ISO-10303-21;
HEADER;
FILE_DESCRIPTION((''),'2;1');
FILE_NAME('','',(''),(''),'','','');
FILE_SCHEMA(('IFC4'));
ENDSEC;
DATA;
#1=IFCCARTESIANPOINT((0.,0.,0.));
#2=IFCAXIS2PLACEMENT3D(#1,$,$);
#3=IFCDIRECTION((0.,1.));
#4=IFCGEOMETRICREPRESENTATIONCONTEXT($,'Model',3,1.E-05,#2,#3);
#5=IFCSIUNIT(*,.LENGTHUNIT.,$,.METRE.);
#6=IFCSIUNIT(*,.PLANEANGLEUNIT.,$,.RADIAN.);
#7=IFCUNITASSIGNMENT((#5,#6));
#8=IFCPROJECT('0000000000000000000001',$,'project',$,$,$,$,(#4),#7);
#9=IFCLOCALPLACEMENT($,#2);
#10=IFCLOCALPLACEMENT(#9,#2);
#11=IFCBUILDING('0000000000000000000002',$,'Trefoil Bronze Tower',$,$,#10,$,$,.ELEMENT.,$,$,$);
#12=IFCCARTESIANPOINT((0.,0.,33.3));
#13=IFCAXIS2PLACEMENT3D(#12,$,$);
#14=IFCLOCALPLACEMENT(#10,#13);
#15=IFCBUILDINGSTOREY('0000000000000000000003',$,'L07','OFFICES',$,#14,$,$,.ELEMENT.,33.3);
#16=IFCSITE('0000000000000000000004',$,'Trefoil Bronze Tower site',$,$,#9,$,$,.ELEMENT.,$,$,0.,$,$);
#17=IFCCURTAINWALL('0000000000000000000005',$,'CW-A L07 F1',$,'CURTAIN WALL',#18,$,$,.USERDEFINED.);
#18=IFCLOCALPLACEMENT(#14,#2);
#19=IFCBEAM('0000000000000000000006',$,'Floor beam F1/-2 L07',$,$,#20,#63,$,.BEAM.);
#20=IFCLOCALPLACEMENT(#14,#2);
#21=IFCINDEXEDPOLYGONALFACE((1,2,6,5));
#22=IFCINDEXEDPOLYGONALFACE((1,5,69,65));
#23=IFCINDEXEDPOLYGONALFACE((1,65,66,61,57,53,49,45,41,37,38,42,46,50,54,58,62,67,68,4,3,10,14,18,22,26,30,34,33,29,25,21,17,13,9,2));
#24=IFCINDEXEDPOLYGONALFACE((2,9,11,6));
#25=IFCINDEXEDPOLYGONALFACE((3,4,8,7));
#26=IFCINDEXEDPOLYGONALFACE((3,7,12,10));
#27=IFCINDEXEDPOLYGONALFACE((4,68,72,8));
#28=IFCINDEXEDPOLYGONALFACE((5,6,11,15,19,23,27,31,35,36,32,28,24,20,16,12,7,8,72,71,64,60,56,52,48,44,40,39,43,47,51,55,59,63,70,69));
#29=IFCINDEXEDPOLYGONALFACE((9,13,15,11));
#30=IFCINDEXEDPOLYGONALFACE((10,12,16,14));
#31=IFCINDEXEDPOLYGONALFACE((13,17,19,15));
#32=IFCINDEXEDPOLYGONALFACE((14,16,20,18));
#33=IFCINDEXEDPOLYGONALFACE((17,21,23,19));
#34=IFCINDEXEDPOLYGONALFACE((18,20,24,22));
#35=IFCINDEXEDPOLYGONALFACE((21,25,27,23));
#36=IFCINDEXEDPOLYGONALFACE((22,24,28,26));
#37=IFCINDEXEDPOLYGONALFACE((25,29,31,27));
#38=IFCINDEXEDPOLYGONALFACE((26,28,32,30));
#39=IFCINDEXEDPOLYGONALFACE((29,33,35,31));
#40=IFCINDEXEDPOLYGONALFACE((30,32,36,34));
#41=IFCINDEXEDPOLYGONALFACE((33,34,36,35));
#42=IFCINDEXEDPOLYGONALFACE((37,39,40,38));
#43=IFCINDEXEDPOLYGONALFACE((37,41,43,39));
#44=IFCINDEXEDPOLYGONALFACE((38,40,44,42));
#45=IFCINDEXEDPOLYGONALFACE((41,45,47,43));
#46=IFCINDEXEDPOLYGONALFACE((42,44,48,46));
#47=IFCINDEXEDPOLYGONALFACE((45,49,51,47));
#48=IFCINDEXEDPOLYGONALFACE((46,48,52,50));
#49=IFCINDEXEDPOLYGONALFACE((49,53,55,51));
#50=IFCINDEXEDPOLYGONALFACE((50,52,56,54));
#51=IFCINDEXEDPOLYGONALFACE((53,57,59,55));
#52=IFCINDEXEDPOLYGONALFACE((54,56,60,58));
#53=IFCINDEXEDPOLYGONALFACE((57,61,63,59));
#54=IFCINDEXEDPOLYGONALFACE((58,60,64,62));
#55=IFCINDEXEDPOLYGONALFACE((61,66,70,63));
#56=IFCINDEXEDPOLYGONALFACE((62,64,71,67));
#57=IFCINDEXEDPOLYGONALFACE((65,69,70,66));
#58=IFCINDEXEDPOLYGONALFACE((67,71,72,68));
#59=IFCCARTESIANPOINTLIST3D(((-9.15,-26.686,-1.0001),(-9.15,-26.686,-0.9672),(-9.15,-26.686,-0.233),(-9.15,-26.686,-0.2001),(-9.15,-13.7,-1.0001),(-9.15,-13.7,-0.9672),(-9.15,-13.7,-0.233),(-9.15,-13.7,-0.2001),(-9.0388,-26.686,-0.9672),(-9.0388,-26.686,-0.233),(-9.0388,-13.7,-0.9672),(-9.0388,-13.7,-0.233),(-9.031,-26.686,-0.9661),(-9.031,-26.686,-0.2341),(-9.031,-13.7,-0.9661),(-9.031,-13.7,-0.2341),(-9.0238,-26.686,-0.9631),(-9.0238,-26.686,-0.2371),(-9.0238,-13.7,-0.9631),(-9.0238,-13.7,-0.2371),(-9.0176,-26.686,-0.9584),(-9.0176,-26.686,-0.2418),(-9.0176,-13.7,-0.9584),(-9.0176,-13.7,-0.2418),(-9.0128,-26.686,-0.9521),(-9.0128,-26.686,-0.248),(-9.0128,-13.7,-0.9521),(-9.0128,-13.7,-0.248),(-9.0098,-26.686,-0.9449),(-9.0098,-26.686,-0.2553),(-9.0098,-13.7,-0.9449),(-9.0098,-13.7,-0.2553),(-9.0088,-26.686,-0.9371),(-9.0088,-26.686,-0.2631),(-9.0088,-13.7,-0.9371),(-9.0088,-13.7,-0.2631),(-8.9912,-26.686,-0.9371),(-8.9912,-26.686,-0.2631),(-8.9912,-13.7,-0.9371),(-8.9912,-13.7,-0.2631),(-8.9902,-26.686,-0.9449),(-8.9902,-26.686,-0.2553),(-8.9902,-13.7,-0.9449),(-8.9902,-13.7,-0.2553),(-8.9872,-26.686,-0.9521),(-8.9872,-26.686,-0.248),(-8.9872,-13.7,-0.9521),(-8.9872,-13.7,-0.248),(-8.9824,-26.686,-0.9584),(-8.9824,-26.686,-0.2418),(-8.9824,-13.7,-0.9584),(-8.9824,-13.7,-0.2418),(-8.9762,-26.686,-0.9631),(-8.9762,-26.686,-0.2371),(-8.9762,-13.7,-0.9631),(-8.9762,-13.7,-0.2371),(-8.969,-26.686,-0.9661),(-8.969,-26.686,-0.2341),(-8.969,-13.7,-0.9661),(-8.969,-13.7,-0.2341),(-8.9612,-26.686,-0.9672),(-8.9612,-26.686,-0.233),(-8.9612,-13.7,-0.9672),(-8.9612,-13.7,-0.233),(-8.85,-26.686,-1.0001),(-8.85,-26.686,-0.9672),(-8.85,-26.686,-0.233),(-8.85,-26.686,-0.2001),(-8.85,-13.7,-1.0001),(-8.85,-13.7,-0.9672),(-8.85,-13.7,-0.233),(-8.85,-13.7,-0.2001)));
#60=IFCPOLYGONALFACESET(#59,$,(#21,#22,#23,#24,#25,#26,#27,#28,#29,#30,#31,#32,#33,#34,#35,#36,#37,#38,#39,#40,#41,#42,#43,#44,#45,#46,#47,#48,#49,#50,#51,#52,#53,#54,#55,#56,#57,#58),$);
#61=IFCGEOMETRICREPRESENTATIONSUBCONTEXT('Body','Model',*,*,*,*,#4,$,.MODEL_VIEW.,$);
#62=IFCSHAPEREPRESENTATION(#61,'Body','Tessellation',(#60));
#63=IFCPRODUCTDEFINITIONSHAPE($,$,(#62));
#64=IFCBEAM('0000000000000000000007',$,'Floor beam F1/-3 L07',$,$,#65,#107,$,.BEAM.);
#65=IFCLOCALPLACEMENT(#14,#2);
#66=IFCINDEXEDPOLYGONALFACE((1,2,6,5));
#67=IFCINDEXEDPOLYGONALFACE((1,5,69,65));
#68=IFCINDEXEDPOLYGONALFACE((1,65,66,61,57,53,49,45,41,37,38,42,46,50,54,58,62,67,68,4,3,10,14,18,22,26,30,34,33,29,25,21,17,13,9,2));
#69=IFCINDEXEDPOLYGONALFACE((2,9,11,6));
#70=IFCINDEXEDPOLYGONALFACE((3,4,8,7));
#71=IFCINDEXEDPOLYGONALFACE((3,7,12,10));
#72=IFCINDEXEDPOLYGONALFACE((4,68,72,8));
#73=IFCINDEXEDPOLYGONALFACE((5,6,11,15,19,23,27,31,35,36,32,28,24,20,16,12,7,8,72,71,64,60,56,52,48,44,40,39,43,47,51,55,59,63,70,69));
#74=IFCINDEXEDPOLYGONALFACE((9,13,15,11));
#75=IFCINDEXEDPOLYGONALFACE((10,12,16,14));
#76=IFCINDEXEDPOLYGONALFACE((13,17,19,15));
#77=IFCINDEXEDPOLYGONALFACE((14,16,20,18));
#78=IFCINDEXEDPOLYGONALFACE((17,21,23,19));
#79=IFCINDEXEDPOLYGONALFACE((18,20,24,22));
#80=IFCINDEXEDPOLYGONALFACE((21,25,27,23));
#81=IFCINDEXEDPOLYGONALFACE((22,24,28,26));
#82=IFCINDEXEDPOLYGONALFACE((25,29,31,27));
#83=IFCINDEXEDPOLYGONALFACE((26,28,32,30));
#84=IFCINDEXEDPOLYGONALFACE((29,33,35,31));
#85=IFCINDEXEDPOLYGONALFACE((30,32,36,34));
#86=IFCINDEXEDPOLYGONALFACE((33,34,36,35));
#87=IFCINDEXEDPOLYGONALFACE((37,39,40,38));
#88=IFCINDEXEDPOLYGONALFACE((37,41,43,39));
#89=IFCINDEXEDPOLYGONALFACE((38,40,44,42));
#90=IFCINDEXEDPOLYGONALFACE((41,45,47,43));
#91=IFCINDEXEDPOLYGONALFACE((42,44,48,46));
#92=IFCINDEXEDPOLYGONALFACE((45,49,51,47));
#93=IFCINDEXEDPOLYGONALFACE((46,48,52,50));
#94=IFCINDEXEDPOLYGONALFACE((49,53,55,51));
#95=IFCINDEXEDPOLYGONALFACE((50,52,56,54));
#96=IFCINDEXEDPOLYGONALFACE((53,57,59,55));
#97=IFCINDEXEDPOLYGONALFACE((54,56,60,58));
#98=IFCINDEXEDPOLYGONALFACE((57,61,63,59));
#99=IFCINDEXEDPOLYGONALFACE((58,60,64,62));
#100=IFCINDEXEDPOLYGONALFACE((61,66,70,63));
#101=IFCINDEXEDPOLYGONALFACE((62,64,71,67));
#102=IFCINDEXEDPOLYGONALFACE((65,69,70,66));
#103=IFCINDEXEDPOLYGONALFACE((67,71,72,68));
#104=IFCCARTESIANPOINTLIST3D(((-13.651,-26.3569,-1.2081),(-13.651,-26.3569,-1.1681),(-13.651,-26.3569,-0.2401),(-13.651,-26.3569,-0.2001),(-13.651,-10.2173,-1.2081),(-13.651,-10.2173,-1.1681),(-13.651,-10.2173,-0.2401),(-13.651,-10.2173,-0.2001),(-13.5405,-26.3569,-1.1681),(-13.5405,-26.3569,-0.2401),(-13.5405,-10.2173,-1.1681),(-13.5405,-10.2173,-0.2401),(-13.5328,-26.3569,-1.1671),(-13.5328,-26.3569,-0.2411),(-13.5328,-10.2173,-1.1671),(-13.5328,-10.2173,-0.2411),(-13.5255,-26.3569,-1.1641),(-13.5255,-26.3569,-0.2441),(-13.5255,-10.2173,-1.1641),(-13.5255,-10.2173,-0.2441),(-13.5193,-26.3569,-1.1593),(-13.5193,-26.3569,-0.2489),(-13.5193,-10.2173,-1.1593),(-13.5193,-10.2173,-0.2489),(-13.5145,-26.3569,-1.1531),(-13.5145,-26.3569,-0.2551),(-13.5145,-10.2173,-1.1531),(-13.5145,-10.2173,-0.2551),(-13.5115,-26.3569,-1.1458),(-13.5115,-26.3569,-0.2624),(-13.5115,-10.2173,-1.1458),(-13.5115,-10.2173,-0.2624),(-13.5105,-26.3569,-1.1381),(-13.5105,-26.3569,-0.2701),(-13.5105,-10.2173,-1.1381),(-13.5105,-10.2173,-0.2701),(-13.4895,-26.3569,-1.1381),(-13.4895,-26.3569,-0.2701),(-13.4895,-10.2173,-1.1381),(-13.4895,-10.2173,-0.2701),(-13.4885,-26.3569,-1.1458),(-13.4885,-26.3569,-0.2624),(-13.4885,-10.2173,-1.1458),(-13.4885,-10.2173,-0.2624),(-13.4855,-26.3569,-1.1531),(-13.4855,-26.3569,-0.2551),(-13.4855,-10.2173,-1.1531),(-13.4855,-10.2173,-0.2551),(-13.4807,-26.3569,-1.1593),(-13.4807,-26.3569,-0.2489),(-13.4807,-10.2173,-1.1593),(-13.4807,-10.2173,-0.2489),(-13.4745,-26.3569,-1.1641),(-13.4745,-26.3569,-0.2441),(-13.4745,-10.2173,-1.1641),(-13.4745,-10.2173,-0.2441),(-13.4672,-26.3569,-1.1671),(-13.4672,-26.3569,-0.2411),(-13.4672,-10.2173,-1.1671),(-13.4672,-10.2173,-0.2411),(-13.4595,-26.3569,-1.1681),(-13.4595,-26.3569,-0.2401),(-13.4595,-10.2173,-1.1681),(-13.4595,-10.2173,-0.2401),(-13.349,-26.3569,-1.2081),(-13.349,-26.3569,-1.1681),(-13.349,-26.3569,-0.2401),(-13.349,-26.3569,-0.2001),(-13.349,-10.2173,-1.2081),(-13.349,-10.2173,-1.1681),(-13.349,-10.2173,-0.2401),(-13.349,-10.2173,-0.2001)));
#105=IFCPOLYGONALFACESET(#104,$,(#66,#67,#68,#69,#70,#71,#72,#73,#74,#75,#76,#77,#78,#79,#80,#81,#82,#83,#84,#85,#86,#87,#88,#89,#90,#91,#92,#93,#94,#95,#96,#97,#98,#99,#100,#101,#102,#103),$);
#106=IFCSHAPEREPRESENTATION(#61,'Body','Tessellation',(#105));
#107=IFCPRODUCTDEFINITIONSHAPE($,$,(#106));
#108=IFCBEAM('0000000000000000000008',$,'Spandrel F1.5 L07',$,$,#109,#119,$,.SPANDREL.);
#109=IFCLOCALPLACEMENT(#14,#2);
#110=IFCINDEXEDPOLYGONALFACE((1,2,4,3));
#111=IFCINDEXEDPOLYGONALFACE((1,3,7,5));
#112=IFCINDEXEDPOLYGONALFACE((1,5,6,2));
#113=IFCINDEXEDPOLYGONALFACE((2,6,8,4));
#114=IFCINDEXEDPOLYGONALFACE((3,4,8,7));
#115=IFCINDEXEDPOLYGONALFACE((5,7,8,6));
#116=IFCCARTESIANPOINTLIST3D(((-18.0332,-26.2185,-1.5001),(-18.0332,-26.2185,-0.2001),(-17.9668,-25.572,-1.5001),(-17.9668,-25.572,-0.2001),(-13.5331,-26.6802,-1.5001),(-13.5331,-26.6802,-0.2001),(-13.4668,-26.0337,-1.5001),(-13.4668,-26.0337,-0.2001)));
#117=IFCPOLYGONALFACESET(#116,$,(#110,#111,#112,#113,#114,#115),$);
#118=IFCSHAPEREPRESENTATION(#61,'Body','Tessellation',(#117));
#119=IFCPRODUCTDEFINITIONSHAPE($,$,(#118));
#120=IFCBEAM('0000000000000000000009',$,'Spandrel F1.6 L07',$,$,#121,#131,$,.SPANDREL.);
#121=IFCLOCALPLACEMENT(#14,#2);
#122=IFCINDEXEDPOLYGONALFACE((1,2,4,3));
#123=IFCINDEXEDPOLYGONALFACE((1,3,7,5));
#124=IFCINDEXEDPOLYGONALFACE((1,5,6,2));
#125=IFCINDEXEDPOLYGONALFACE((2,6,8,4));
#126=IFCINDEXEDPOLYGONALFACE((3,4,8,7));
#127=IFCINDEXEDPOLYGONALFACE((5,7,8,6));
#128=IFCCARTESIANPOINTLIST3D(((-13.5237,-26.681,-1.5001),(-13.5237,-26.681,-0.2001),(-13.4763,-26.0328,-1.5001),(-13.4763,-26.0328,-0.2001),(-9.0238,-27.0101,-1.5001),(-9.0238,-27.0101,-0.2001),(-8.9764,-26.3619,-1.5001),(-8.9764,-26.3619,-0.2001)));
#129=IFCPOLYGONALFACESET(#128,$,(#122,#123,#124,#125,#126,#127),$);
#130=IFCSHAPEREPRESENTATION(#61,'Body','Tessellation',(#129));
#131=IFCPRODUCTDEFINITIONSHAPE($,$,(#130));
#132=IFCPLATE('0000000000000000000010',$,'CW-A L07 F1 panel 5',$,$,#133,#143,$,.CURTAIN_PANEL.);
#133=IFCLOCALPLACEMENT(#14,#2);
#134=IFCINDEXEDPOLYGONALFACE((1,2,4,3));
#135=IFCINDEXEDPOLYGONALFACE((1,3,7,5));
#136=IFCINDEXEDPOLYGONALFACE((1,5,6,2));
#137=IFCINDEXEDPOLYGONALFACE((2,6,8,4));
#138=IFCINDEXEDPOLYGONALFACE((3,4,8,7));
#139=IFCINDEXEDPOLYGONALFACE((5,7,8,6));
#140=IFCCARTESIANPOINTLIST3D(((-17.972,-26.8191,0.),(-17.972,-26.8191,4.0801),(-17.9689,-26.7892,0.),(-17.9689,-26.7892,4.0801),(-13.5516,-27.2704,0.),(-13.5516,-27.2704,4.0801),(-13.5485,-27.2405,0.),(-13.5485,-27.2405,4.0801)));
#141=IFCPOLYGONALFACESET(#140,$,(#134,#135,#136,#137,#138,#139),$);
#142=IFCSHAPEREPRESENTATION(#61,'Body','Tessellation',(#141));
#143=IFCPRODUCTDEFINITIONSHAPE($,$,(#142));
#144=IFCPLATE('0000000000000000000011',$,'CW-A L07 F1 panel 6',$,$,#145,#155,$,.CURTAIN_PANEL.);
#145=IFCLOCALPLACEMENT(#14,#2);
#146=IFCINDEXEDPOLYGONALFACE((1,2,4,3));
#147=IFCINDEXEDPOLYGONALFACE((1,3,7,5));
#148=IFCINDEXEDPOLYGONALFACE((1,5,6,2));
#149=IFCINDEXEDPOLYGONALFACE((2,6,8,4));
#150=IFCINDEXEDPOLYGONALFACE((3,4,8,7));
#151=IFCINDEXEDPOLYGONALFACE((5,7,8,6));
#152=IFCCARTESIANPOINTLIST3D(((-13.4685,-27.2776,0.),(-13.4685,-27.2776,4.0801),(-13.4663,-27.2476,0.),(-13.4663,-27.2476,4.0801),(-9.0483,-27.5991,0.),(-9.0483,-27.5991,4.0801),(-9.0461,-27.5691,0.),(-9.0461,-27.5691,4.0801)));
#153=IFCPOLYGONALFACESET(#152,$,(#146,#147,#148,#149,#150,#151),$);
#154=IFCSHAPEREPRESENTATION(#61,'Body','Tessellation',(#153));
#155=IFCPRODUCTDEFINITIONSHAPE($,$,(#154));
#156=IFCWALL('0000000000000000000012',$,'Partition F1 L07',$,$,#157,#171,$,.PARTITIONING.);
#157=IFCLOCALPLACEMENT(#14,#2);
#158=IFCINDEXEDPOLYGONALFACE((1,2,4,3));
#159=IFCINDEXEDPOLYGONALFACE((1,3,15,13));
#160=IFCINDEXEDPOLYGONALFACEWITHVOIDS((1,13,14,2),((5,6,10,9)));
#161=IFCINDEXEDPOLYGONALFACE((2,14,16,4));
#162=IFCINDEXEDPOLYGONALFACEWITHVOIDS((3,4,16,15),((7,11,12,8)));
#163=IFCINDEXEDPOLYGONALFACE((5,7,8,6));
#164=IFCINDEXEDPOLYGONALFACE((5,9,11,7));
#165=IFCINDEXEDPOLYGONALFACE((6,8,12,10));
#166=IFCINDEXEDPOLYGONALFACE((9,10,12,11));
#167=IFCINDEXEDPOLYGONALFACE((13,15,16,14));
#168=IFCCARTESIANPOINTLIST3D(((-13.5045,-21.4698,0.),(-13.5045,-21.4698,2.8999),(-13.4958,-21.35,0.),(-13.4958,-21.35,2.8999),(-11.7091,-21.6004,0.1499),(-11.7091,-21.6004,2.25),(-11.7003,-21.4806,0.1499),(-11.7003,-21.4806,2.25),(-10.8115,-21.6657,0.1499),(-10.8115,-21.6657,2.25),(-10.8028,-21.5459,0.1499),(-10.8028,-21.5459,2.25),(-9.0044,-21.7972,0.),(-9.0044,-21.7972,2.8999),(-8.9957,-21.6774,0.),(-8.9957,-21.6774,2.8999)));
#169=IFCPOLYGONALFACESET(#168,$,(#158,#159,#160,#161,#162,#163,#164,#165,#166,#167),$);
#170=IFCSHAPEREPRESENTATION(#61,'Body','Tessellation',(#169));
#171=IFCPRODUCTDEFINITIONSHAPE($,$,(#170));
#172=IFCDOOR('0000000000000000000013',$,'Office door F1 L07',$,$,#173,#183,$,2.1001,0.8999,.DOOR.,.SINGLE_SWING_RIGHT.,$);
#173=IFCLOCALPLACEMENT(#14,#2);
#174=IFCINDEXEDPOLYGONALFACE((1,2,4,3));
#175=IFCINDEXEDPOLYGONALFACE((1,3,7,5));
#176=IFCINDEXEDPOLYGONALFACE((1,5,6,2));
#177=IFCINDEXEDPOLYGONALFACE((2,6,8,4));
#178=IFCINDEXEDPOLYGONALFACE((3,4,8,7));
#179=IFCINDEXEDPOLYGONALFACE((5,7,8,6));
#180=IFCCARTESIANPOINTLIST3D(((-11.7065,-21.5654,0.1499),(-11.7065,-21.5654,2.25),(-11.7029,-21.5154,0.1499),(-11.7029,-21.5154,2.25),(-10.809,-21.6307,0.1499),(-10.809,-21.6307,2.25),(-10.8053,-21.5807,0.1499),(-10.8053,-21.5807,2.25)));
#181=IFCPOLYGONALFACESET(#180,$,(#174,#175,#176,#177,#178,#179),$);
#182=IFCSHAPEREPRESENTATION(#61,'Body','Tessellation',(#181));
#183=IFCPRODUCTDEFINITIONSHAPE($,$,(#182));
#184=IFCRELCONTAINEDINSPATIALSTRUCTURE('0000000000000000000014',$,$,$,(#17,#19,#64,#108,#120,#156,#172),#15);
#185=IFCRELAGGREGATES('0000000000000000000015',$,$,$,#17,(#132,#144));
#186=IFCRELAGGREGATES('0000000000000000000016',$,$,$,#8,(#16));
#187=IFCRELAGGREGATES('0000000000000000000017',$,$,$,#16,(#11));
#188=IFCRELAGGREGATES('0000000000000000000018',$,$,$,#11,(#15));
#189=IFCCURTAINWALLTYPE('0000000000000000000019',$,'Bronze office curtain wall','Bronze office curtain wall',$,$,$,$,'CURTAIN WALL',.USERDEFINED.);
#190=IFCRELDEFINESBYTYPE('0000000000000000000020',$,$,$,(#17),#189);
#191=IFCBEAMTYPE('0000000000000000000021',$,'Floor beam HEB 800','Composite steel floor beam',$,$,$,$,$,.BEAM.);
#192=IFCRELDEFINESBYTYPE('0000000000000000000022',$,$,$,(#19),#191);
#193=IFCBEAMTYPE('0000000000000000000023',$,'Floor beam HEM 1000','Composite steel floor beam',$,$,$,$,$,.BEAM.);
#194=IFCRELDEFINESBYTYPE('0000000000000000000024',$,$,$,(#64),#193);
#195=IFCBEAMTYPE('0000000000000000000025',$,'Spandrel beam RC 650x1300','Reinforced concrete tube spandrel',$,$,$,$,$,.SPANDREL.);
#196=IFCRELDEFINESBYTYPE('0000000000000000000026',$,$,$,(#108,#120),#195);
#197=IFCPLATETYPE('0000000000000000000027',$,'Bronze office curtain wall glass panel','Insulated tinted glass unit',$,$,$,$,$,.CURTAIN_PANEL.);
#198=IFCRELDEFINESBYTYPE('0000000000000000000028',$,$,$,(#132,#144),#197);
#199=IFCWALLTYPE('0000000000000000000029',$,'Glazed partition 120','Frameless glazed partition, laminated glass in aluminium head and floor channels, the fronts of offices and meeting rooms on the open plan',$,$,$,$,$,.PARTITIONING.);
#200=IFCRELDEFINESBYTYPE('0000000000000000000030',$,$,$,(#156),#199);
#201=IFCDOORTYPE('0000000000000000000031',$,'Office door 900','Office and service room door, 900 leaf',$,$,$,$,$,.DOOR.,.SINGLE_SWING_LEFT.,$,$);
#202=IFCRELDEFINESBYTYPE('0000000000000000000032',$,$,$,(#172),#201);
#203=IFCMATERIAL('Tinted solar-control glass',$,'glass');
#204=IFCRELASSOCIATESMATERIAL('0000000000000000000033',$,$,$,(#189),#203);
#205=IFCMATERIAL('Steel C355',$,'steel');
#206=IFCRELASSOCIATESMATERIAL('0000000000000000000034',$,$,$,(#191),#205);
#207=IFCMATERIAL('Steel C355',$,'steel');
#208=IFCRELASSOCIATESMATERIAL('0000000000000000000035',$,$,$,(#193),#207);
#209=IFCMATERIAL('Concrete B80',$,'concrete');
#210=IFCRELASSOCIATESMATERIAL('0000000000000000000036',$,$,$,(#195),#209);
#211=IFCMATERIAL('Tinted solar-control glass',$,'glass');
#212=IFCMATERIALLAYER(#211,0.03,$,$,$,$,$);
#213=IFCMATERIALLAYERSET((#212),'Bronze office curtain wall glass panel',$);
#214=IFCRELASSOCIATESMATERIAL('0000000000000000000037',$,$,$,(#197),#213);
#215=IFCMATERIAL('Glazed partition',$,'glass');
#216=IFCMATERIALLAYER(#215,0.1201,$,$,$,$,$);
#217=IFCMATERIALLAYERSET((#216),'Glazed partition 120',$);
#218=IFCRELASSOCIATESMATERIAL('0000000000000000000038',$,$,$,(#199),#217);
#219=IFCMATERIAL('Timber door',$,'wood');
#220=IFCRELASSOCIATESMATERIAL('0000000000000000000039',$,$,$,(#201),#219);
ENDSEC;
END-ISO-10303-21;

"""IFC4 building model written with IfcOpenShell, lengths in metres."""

from ifc_helpers import new_model, si_unit, direction, frame, frame_2d, origin, origin_2d, place, context, subcontext, project, spatial, rectangle, i_section, extrude, material, layer, layer_set, material_profile, profile_set, type_object, element, fill, aggregate, save


model = new_model("IFC4")

# Units and contexts
model_context = context("Model", 3, precision=1e-05, world=origin(), true_north=direction((0.0, 1.0)))
body_context = subcontext(model_context, "Body", "Model", "MODEL_VIEW")
ifc_project = project(units=[si_unit("LENGTHUNIT", "METRE"), si_unit("PLANEANGLEUNIT", "RADIAN")], contexts=[model_context])

# Site, building, storey
site_placement = place(None, origin())
site = spatial("IfcSite", under=ifc_project, at=site_placement, Name="Trefoil Bronze Tower site", CompositionType="ELEMENT", RefElevation=0.0)
building_placement = place(site_placement, origin())
building = spatial("IfcBuilding", under=site, at=building_placement, Name="Trefoil Bronze Tower", CompositionType="ELEMENT")
storey_placement = place(building_placement, frame((0.0, 0.0, 33.3)))
storey = spatial("IfcBuildingStorey", under=building, at=storey_placement, Name="L07", Description="OFFICES", CompositionType="ELEMENT", Elevation=33.3)

# Curtain wall
ifc_material_1 = material(Name="Tinted solar-control glass", Category="glass")
curtain_wall_type = type_object("IfcCurtainWallType", Name="Bronze office curtain wall", Description="Bronze office curtain wall", ElementType="CURTAIN WALL", PredefinedType="USERDEFINED", material=ifc_material_1)
curtain_wall_placement = place(storey_placement, origin())
curtain_wall = element("IfcCurtainWall", 1, at=curtain_wall_placement, inside=storey, type_object=curtain_wall_type, Name="CW-A L07 F1", ObjectType="CURTAIN WALL", PredefinedType="USERDEFINED")

# Beams
ifc_material_2 = material(Name="Steel C355", Category="steel")
ifc_material_profile_1 = material_profile(ifc_material_2, i_section(OverallWidth=0.3, OverallDepth=0.8, WebThickness=0.0176, FlangeThickness=0.033, FilletRadius=0.03, at=origin_2d()), Name="HEB 800")
ifc_profile_set_1 = profile_set([ifc_material_profile_1], Name="Steel C355")
beam_type_1 = type_object("IfcBeamType", Name="Floor beam HEB 800", Description="Composite steel floor beam", PredefinedType="BEAM", material=ifc_profile_set_1)
beam_1_placement = place(storey_placement, frame((-9.0, -26.686, -0.6001), z_axis=(0.0, 1.0, 0.0), x_axis=(-1.0, 0.0, 0.0)))
element("IfcBeam", 2, at=beam_1_placement, inside=storey, type_object=beam_type_1, Name="Floor beam F1/-2 L07", PredefinedType="BEAM", context=body_context, shape_type="SweptSolid", body=[
    extrude(i_section(OverallWidth=0.3, OverallDepth=0.8, WebThickness=0.0176, FlangeThickness=0.033, FilletRadius=0.03, at=origin_2d()), origin(), (0.0, 0.0, 1.0), 12.9861),
])
ifc_material_3 = material(Name="Steel C355", Category="steel")
ifc_material_profile_2 = material_profile(ifc_material_3, i_section(OverallWidth=0.302, OverallDepth=1.0081, WebThickness=0.021, FlangeThickness=0.04, FilletRadius=0.03, at=origin_2d()), Name="HEM 1000")
ifc_profile_set_2 = profile_set([ifc_material_profile_2], Name="Steel C355")
beam_type_2 = type_object("IfcBeamType", Name="Floor beam HEM 1000", Description="Composite steel floor beam", PredefinedType="BEAM", material=ifc_profile_set_2)
beam_2_placement = place(storey_placement, frame((-13.5, -26.3569, -0.7041), z_axis=(0.0, 1.0, 0.0), x_axis=(-1.0, 0.0, 0.0)))
element("IfcBeam", 3, at=beam_2_placement, inside=storey, type_object=beam_type_2, Name="Floor beam F1/-3 L07", PredefinedType="BEAM", context=body_context, shape_type="SweptSolid", body=[
    extrude(i_section(OverallWidth=0.302, OverallDepth=1.0081, WebThickness=0.021, FlangeThickness=0.04, FilletRadius=0.03, at=origin_2d()), origin(), (0.0, 0.0, 1.0), 16.1396),
])
ifc_material_4 = material(Name="Concrete B80", Category="concrete")
ifc_material_profile_3 = material_profile(ifc_material_4, rectangle(XDim=0.6499, YDim=1.3, at=origin_2d()), Name="RC 650x1300")
ifc_profile_set_3 = profile_set([ifc_material_profile_3], Name="Concrete B80")
beam_type_3 = type_object("IfcBeamType", Name="Spandrel beam RC 650x1300", Description="Reinforced concrete tube spandrel", PredefinedType="SPANDREL", material=ifc_profile_set_3)
beam_3_placement = place(storey_placement, frame((-18.0, -25.8953, -0.8501), z_axis=(0.994778, -0.102058, 0.0), x_axis=(0.102058, 0.994778, 0.0)))
element("IfcBeam", 4, at=beam_3_placement, inside=storey, type_object=beam_type_3, Name="Spandrel F1.5 L07", PredefinedType="SPANDREL", context=body_context, shape_type="SweptSolid", body=[
    extrude(rectangle(XDim=0.6499, YDim=1.3, at=origin_2d()), origin(), (0.0, 0.0, 1.0), 4.5237),
])
beam_4_placement = place(storey_placement, frame((-13.5, -26.3569, -0.8501), z_axis=(0.997336, -0.072939, 0.0), x_axis=(0.072939, 0.997336, 0.0)))
element("IfcBeam", 5, at=beam_4_placement, inside=storey, type_object=beam_type_3, Name="Spandrel F1.6 L07", PredefinedType="SPANDREL", context=body_context, shape_type="SweptSolid", body=[
    extrude(rectangle(XDim=0.6499, YDim=1.3, at=origin_2d()), origin(), (0.0, 0.0, 1.0), 4.512),
])

# Plates
ifc_material_5 = material(Name="Tinted solar-control glass", Category="glass")
ifc_layer_1 = layer(ifc_material_5, 0.03)
ifc_layer_set_1 = layer_set([ifc_layer_1], Name="Bronze office curtain wall glass panel")
plate_type = type_object("IfcPlateType", Name="Bronze office curtain wall glass panel", Description="Insulated tinted glass unit", PredefinedType="CURTAIN_PANEL", material=ifc_layer_set_1)
plate_1_placement = place(storey_placement, frame((-15.7603, -27.0298, 0.0), z_axis=(0.0, 0.0, 1.0), x_axis=(0.994829, -0.101565, 0.0)))
plate_1 = element("IfcPlate", 6, at=plate_1_placement, type_object=plate_type, Name="CW-A L07 F1 panel 5", PredefinedType="CURTAIN_PANEL", context=body_context, shape_type="SweptSolid", body=[
    extrude(rectangle(XDim=4.4434, YDim=0.03, at=origin_2d()), origin(), (0.0, 0.0, 1.0), 4.0801),
])
plate_2_placement = place(storey_placement, frame((-11.2573, -27.4233, 0.0), z_axis=(0.0, 0.0, 1.0), x_axis=(0.997365, -0.072547, 0.0)))
plate_2 = element("IfcPlate", 7, at=plate_2_placement, type_object=plate_type, Name="CW-A L07 F1 panel 6", PredefinedType="CURTAIN_PANEL", context=body_context, shape_type="SweptSolid", body=[
    extrude(rectangle(XDim=4.4319, YDim=0.03, at=origin_2d()), origin(), (0.0, 0.0, 1.0), 4.0801),
])
aggregate(curtain_wall, [plate_1, plate_2])

# Wall, opening, door
ifc_material_6 = material(Name="Glazed partition", Category="glass")
ifc_layer_2 = layer(ifc_material_6, 0.1201)
ifc_layer_set_2 = layer_set([ifc_layer_2], Name="Glazed partition 120")
wall_type = type_object("IfcWallType", Name="Glazed partition 120", Description="Frameless glazed partition, laminated glass in aluminium head and floor channels, the fronts of offices and meeting rooms on the open plan", PredefinedType="PARTITIONING", material=ifc_layer_set_2)
wall_placement = place(storey_placement, frame((-13.5, -21.4099, 0.0), z_axis=(0.0, 0.0, 1.0), x_axis=(0.997364, -0.072562, 0.0)))
wall = element("IfcWall", 8, at=wall_placement, inside=storey, type_object=wall_type, Name="Partition F1 L07", PredefinedType="PARTITIONING", context=body_context, shape_type="SweptSolid", body=[
    extrude(rectangle(XDim=4.512, YDim=0.1201, at=frame_2d((2.2559, 0.0))), origin(), (0.0, 0.0, 1.0), 2.8999),
])
opening_placement = place(wall_placement, frame((1.8, 0.0, 0.1499)))
opening = element("IfcOpeningElement", 9, at=opening_placement, cuts=wall, PredefinedType="OPENING", context=body_context, shape_type="SweptSolid", body=[
    extrude(rectangle(XDim=0.8999, YDim=2.1001, at=frame_2d((0.45, 1.05))), frame((0.0, 0.0701, 0.0), z_axis=(0.0, -1.0, 0.0), x_axis=(1.0, 0.0, 0.0)), (0.0, 0.0, 1.0), 0.1401),
])
ifc_material_7 = material(Name="Timber door", Category="wood")
door_type = type_object("IfcDoorType", Name="Office door 900", Description="Office and service room door, 900 leaf", OperationType="SINGLE_SWING_LEFT", PredefinedType="DOOR", material=ifc_material_7)
door_placement = place(opening_placement, frame((0.8999, 0.0, 0.0), z_axis=(0.0, 0.0, 1.0), x_axis=(-1.0, 0.0, 0.0)))
door = element("IfcDoor", 10, at=door_placement, inside=storey, type_object=door_type, Name="Office door F1 L07", OperationType="SINGLE_SWING_RIGHT", OverallHeight=2.1001, OverallWidth=0.8999, PredefinedType="DOOR", context=body_context, shape_type="SweptSolid", body=[
    extrude(rectangle(XDim=0.8999, YDim=2.1001, at=frame_2d((0.45, 1.05))), frame((0.0, 0.0249, 0.0), z_axis=(0.0, -1.0, 0.0), x_axis=(1.0, 0.0, 0.0)), (0.0, 0.0, 1.0), 0.05),
])
fill(opening, door)

save(model, "model.ifc")
